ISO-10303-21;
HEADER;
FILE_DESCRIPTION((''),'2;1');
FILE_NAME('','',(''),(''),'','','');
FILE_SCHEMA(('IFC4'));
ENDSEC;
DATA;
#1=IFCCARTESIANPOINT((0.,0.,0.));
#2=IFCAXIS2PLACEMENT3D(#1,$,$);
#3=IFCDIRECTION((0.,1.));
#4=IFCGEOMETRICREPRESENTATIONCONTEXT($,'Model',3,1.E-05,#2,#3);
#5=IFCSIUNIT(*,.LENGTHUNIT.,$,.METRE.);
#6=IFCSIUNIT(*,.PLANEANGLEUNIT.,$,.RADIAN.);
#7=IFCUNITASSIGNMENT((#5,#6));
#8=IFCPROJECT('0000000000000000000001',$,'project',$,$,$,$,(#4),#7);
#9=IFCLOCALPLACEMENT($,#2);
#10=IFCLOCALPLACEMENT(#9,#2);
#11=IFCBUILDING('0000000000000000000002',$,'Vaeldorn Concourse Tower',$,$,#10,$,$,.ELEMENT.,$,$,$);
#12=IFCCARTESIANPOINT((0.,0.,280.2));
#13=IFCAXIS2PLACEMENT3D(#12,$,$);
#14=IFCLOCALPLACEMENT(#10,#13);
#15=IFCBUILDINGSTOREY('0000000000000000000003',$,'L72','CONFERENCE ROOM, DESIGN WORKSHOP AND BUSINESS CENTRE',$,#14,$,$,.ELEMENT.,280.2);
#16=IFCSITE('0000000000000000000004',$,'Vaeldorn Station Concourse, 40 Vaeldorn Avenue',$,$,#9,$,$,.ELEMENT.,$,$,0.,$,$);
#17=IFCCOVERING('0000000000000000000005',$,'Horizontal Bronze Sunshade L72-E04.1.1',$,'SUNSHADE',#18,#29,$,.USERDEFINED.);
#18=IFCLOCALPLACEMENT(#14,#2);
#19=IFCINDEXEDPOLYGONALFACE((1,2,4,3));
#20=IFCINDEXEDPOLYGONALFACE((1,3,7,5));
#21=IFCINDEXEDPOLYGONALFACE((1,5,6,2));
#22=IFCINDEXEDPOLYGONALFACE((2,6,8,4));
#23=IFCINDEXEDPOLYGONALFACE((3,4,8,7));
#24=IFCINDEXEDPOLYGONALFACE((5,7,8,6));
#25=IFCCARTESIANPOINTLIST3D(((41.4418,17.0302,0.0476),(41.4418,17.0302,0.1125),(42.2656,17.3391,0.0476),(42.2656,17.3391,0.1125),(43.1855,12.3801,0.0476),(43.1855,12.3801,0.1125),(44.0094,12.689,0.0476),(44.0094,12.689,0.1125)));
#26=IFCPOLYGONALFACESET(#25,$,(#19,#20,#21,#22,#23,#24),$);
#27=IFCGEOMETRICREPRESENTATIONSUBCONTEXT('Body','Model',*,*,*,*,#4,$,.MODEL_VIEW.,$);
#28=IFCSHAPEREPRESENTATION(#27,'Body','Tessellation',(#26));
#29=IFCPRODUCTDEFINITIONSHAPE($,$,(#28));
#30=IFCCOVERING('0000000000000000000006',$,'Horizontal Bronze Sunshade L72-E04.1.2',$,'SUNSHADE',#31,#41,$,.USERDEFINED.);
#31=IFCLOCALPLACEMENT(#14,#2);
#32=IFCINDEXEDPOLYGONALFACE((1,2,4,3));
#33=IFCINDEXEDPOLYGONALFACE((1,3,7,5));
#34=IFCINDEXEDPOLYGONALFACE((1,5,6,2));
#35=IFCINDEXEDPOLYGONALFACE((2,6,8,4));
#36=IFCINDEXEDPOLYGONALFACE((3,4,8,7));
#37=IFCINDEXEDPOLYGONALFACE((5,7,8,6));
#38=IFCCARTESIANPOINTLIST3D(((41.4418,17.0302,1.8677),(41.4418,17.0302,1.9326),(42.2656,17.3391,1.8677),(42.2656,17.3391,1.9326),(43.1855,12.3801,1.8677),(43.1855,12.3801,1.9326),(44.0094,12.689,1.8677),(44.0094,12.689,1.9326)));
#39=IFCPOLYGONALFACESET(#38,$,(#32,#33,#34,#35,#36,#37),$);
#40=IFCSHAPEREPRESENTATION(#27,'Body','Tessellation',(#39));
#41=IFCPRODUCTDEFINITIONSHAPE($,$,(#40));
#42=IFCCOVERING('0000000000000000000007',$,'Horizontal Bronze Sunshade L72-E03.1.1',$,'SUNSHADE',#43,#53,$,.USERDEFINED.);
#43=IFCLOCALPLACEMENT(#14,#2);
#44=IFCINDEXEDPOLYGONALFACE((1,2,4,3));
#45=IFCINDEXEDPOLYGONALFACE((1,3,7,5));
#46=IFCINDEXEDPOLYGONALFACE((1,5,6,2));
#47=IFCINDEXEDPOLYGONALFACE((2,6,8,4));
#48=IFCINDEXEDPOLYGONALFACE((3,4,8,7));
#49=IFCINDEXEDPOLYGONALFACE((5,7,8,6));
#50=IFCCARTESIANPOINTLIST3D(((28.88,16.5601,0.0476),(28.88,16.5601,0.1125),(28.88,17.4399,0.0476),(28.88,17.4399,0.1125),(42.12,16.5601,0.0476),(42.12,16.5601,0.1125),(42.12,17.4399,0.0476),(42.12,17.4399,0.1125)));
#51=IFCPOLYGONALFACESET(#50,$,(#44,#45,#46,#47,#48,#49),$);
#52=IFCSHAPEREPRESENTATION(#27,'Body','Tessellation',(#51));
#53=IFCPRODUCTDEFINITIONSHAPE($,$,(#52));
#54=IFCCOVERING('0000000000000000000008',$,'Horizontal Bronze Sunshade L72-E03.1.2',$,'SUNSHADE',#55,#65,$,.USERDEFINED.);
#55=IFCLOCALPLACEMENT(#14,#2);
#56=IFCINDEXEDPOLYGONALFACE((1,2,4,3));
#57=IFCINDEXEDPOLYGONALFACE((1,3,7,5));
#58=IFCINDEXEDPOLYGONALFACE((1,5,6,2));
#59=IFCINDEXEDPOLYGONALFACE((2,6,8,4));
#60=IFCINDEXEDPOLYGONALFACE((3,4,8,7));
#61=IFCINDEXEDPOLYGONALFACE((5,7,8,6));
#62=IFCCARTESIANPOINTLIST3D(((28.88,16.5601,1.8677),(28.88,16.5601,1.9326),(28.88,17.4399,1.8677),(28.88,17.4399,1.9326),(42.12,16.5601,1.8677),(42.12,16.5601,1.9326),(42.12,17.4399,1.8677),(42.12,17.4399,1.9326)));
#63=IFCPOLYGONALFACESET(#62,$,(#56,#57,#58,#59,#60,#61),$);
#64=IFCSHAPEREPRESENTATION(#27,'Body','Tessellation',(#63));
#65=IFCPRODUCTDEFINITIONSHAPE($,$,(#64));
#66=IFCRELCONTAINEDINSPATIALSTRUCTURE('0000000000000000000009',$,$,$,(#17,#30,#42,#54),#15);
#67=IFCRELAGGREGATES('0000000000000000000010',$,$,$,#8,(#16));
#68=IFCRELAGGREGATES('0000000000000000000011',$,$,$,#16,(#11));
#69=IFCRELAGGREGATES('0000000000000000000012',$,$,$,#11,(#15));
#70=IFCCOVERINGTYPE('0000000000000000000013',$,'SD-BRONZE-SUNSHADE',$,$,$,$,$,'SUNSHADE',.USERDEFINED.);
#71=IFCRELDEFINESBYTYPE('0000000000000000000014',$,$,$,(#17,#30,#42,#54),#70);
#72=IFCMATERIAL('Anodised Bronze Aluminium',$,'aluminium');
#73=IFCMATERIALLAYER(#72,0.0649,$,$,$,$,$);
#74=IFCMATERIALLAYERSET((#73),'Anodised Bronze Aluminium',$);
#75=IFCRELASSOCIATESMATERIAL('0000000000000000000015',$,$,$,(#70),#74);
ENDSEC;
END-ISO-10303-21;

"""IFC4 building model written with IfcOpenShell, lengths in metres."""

from ifc_helpers import new_model, si_unit, direction, frame, origin, origin_2d, place, context, subcontext, project, spatial, rectangle, extrude, source, transform, mapped, material, layer, layer_set, type_object, element, save


model = new_model("IFC4")

# Units and contexts
model_context = context("Model", 3, precision=1e-05, world=origin(), true_north=direction((0.0, 1.0)))
body_context = subcontext(model_context, "Body", "Model", "MODEL_VIEW")
ifc_project = project(units=[si_unit("LENGTHUNIT", "METRE"), si_unit("PLANEANGLEUNIT", "RADIAN")], contexts=[model_context])

# Site, building, storey
site_placement = place(None, origin())
site = spatial("IfcSite", under=ifc_project, at=site_placement, Name="Vaeldorn Station Concourse, 40 Vaeldorn Avenue", CompositionType="ELEMENT", RefElevation=0.0)
building_placement = place(site_placement, origin())
building = spatial("IfcBuilding", under=site, at=building_placement, Name="Vaeldorn Concourse Tower", CompositionType="ELEMENT")
storey_placement = place(building_placement, frame((0.0, 0.0, 280.2)))
storey = spatial("IfcBuildingStorey", under=building, at=storey_placement, Name="L72", Description="CONFERENCE ROOM, DESIGN WORKSHOP AND BUSINESS CENTRE", CompositionType="ELEMENT", Elevation=280.2)

# Shared definitions
ifc_material_1 = material(Name="Anodised Bronze Aluminium", Category="aluminium")

# Coverings
ifc_layer_1 = layer(ifc_material_1, 0.0649)
ifc_layer_set_1 = layer_set([ifc_layer_1], Name="Anodised Bronze Aluminium")
covering_type = type_object("IfcCoveringType", Name="SD-BRONZE-SUNSHADE", ElementType="SUNSHADE", PredefinedType="USERDEFINED", material=ifc_layer_set_1)
shared_shape_1 = source(origin(), body_context, "Body", "SweptSolid", [
    extrude(rectangle(XDim=4.9663, YDim=0.8799, at=origin_2d()), origin(), (0.0, 0.0, 1.0), 0.0649),
])
for number, where, z_axis, x_axis, name in (
    (1, (42.7256, 14.8596, 0.0476), (0.0, 0.0, 1.0), (0.351123, -0.936329, 0.0), "Horizontal Bronze Sunshade L72-E04.1.1"),
    (2, (42.7256, 14.8596, 1.8677), (0.0, 0.0, 1.0), (0.351123, -0.936329, 0.0), "Horizontal Bronze Sunshade L72-E04.1.2"),
):
    element("IfcCovering", number, at=place(storey_placement, frame(where, z_axis=z_axis, x_axis=x_axis)), inside=storey, type_object=covering_type, Name=name, ObjectType="SUNSHADE", PredefinedType="USERDEFINED", context=body_context, shape_type="MappedRepresentation", body=[
        mapped(shared_shape_1, transform((0.0, 0.0, 0.0), scale=1.0)),
    ])
shared_shape_2 = source(origin(), body_context, "Body", "SweptSolid", [
    extrude(rectangle(XDim=13.24, YDim=0.8799, at=origin_2d()), origin(), (0.0, 0.0, 1.0), 0.0649),
])
for number, where, z_axis, x_axis, name in (
    (3, (35.5, 17.0, 0.0476), (0.0, 0.0, 1.0), (1.0, 0.0, 0.0), "Horizontal Bronze Sunshade L72-E03.1.1"),
    (4, (35.5, 17.0, 1.8677), (0.0, 0.0, 1.0), (1.0, 0.0, 0.0), "Horizontal Bronze Sunshade L72-E03.1.2"),
):
    element("IfcCovering", number, at=place(storey_placement, frame(where, z_axis=z_axis, x_axis=x_axis)), inside=storey, type_object=covering_type, Name=name, ObjectType="SUNSHADE", PredefinedType="USERDEFINED", context=body_context, shape_type="MappedRepresentation", body=[
        mapped(shared_shape_2, transform((0.0, 0.0, 0.0), scale=1.0)),
    ])

save(model, "model.ifc")
